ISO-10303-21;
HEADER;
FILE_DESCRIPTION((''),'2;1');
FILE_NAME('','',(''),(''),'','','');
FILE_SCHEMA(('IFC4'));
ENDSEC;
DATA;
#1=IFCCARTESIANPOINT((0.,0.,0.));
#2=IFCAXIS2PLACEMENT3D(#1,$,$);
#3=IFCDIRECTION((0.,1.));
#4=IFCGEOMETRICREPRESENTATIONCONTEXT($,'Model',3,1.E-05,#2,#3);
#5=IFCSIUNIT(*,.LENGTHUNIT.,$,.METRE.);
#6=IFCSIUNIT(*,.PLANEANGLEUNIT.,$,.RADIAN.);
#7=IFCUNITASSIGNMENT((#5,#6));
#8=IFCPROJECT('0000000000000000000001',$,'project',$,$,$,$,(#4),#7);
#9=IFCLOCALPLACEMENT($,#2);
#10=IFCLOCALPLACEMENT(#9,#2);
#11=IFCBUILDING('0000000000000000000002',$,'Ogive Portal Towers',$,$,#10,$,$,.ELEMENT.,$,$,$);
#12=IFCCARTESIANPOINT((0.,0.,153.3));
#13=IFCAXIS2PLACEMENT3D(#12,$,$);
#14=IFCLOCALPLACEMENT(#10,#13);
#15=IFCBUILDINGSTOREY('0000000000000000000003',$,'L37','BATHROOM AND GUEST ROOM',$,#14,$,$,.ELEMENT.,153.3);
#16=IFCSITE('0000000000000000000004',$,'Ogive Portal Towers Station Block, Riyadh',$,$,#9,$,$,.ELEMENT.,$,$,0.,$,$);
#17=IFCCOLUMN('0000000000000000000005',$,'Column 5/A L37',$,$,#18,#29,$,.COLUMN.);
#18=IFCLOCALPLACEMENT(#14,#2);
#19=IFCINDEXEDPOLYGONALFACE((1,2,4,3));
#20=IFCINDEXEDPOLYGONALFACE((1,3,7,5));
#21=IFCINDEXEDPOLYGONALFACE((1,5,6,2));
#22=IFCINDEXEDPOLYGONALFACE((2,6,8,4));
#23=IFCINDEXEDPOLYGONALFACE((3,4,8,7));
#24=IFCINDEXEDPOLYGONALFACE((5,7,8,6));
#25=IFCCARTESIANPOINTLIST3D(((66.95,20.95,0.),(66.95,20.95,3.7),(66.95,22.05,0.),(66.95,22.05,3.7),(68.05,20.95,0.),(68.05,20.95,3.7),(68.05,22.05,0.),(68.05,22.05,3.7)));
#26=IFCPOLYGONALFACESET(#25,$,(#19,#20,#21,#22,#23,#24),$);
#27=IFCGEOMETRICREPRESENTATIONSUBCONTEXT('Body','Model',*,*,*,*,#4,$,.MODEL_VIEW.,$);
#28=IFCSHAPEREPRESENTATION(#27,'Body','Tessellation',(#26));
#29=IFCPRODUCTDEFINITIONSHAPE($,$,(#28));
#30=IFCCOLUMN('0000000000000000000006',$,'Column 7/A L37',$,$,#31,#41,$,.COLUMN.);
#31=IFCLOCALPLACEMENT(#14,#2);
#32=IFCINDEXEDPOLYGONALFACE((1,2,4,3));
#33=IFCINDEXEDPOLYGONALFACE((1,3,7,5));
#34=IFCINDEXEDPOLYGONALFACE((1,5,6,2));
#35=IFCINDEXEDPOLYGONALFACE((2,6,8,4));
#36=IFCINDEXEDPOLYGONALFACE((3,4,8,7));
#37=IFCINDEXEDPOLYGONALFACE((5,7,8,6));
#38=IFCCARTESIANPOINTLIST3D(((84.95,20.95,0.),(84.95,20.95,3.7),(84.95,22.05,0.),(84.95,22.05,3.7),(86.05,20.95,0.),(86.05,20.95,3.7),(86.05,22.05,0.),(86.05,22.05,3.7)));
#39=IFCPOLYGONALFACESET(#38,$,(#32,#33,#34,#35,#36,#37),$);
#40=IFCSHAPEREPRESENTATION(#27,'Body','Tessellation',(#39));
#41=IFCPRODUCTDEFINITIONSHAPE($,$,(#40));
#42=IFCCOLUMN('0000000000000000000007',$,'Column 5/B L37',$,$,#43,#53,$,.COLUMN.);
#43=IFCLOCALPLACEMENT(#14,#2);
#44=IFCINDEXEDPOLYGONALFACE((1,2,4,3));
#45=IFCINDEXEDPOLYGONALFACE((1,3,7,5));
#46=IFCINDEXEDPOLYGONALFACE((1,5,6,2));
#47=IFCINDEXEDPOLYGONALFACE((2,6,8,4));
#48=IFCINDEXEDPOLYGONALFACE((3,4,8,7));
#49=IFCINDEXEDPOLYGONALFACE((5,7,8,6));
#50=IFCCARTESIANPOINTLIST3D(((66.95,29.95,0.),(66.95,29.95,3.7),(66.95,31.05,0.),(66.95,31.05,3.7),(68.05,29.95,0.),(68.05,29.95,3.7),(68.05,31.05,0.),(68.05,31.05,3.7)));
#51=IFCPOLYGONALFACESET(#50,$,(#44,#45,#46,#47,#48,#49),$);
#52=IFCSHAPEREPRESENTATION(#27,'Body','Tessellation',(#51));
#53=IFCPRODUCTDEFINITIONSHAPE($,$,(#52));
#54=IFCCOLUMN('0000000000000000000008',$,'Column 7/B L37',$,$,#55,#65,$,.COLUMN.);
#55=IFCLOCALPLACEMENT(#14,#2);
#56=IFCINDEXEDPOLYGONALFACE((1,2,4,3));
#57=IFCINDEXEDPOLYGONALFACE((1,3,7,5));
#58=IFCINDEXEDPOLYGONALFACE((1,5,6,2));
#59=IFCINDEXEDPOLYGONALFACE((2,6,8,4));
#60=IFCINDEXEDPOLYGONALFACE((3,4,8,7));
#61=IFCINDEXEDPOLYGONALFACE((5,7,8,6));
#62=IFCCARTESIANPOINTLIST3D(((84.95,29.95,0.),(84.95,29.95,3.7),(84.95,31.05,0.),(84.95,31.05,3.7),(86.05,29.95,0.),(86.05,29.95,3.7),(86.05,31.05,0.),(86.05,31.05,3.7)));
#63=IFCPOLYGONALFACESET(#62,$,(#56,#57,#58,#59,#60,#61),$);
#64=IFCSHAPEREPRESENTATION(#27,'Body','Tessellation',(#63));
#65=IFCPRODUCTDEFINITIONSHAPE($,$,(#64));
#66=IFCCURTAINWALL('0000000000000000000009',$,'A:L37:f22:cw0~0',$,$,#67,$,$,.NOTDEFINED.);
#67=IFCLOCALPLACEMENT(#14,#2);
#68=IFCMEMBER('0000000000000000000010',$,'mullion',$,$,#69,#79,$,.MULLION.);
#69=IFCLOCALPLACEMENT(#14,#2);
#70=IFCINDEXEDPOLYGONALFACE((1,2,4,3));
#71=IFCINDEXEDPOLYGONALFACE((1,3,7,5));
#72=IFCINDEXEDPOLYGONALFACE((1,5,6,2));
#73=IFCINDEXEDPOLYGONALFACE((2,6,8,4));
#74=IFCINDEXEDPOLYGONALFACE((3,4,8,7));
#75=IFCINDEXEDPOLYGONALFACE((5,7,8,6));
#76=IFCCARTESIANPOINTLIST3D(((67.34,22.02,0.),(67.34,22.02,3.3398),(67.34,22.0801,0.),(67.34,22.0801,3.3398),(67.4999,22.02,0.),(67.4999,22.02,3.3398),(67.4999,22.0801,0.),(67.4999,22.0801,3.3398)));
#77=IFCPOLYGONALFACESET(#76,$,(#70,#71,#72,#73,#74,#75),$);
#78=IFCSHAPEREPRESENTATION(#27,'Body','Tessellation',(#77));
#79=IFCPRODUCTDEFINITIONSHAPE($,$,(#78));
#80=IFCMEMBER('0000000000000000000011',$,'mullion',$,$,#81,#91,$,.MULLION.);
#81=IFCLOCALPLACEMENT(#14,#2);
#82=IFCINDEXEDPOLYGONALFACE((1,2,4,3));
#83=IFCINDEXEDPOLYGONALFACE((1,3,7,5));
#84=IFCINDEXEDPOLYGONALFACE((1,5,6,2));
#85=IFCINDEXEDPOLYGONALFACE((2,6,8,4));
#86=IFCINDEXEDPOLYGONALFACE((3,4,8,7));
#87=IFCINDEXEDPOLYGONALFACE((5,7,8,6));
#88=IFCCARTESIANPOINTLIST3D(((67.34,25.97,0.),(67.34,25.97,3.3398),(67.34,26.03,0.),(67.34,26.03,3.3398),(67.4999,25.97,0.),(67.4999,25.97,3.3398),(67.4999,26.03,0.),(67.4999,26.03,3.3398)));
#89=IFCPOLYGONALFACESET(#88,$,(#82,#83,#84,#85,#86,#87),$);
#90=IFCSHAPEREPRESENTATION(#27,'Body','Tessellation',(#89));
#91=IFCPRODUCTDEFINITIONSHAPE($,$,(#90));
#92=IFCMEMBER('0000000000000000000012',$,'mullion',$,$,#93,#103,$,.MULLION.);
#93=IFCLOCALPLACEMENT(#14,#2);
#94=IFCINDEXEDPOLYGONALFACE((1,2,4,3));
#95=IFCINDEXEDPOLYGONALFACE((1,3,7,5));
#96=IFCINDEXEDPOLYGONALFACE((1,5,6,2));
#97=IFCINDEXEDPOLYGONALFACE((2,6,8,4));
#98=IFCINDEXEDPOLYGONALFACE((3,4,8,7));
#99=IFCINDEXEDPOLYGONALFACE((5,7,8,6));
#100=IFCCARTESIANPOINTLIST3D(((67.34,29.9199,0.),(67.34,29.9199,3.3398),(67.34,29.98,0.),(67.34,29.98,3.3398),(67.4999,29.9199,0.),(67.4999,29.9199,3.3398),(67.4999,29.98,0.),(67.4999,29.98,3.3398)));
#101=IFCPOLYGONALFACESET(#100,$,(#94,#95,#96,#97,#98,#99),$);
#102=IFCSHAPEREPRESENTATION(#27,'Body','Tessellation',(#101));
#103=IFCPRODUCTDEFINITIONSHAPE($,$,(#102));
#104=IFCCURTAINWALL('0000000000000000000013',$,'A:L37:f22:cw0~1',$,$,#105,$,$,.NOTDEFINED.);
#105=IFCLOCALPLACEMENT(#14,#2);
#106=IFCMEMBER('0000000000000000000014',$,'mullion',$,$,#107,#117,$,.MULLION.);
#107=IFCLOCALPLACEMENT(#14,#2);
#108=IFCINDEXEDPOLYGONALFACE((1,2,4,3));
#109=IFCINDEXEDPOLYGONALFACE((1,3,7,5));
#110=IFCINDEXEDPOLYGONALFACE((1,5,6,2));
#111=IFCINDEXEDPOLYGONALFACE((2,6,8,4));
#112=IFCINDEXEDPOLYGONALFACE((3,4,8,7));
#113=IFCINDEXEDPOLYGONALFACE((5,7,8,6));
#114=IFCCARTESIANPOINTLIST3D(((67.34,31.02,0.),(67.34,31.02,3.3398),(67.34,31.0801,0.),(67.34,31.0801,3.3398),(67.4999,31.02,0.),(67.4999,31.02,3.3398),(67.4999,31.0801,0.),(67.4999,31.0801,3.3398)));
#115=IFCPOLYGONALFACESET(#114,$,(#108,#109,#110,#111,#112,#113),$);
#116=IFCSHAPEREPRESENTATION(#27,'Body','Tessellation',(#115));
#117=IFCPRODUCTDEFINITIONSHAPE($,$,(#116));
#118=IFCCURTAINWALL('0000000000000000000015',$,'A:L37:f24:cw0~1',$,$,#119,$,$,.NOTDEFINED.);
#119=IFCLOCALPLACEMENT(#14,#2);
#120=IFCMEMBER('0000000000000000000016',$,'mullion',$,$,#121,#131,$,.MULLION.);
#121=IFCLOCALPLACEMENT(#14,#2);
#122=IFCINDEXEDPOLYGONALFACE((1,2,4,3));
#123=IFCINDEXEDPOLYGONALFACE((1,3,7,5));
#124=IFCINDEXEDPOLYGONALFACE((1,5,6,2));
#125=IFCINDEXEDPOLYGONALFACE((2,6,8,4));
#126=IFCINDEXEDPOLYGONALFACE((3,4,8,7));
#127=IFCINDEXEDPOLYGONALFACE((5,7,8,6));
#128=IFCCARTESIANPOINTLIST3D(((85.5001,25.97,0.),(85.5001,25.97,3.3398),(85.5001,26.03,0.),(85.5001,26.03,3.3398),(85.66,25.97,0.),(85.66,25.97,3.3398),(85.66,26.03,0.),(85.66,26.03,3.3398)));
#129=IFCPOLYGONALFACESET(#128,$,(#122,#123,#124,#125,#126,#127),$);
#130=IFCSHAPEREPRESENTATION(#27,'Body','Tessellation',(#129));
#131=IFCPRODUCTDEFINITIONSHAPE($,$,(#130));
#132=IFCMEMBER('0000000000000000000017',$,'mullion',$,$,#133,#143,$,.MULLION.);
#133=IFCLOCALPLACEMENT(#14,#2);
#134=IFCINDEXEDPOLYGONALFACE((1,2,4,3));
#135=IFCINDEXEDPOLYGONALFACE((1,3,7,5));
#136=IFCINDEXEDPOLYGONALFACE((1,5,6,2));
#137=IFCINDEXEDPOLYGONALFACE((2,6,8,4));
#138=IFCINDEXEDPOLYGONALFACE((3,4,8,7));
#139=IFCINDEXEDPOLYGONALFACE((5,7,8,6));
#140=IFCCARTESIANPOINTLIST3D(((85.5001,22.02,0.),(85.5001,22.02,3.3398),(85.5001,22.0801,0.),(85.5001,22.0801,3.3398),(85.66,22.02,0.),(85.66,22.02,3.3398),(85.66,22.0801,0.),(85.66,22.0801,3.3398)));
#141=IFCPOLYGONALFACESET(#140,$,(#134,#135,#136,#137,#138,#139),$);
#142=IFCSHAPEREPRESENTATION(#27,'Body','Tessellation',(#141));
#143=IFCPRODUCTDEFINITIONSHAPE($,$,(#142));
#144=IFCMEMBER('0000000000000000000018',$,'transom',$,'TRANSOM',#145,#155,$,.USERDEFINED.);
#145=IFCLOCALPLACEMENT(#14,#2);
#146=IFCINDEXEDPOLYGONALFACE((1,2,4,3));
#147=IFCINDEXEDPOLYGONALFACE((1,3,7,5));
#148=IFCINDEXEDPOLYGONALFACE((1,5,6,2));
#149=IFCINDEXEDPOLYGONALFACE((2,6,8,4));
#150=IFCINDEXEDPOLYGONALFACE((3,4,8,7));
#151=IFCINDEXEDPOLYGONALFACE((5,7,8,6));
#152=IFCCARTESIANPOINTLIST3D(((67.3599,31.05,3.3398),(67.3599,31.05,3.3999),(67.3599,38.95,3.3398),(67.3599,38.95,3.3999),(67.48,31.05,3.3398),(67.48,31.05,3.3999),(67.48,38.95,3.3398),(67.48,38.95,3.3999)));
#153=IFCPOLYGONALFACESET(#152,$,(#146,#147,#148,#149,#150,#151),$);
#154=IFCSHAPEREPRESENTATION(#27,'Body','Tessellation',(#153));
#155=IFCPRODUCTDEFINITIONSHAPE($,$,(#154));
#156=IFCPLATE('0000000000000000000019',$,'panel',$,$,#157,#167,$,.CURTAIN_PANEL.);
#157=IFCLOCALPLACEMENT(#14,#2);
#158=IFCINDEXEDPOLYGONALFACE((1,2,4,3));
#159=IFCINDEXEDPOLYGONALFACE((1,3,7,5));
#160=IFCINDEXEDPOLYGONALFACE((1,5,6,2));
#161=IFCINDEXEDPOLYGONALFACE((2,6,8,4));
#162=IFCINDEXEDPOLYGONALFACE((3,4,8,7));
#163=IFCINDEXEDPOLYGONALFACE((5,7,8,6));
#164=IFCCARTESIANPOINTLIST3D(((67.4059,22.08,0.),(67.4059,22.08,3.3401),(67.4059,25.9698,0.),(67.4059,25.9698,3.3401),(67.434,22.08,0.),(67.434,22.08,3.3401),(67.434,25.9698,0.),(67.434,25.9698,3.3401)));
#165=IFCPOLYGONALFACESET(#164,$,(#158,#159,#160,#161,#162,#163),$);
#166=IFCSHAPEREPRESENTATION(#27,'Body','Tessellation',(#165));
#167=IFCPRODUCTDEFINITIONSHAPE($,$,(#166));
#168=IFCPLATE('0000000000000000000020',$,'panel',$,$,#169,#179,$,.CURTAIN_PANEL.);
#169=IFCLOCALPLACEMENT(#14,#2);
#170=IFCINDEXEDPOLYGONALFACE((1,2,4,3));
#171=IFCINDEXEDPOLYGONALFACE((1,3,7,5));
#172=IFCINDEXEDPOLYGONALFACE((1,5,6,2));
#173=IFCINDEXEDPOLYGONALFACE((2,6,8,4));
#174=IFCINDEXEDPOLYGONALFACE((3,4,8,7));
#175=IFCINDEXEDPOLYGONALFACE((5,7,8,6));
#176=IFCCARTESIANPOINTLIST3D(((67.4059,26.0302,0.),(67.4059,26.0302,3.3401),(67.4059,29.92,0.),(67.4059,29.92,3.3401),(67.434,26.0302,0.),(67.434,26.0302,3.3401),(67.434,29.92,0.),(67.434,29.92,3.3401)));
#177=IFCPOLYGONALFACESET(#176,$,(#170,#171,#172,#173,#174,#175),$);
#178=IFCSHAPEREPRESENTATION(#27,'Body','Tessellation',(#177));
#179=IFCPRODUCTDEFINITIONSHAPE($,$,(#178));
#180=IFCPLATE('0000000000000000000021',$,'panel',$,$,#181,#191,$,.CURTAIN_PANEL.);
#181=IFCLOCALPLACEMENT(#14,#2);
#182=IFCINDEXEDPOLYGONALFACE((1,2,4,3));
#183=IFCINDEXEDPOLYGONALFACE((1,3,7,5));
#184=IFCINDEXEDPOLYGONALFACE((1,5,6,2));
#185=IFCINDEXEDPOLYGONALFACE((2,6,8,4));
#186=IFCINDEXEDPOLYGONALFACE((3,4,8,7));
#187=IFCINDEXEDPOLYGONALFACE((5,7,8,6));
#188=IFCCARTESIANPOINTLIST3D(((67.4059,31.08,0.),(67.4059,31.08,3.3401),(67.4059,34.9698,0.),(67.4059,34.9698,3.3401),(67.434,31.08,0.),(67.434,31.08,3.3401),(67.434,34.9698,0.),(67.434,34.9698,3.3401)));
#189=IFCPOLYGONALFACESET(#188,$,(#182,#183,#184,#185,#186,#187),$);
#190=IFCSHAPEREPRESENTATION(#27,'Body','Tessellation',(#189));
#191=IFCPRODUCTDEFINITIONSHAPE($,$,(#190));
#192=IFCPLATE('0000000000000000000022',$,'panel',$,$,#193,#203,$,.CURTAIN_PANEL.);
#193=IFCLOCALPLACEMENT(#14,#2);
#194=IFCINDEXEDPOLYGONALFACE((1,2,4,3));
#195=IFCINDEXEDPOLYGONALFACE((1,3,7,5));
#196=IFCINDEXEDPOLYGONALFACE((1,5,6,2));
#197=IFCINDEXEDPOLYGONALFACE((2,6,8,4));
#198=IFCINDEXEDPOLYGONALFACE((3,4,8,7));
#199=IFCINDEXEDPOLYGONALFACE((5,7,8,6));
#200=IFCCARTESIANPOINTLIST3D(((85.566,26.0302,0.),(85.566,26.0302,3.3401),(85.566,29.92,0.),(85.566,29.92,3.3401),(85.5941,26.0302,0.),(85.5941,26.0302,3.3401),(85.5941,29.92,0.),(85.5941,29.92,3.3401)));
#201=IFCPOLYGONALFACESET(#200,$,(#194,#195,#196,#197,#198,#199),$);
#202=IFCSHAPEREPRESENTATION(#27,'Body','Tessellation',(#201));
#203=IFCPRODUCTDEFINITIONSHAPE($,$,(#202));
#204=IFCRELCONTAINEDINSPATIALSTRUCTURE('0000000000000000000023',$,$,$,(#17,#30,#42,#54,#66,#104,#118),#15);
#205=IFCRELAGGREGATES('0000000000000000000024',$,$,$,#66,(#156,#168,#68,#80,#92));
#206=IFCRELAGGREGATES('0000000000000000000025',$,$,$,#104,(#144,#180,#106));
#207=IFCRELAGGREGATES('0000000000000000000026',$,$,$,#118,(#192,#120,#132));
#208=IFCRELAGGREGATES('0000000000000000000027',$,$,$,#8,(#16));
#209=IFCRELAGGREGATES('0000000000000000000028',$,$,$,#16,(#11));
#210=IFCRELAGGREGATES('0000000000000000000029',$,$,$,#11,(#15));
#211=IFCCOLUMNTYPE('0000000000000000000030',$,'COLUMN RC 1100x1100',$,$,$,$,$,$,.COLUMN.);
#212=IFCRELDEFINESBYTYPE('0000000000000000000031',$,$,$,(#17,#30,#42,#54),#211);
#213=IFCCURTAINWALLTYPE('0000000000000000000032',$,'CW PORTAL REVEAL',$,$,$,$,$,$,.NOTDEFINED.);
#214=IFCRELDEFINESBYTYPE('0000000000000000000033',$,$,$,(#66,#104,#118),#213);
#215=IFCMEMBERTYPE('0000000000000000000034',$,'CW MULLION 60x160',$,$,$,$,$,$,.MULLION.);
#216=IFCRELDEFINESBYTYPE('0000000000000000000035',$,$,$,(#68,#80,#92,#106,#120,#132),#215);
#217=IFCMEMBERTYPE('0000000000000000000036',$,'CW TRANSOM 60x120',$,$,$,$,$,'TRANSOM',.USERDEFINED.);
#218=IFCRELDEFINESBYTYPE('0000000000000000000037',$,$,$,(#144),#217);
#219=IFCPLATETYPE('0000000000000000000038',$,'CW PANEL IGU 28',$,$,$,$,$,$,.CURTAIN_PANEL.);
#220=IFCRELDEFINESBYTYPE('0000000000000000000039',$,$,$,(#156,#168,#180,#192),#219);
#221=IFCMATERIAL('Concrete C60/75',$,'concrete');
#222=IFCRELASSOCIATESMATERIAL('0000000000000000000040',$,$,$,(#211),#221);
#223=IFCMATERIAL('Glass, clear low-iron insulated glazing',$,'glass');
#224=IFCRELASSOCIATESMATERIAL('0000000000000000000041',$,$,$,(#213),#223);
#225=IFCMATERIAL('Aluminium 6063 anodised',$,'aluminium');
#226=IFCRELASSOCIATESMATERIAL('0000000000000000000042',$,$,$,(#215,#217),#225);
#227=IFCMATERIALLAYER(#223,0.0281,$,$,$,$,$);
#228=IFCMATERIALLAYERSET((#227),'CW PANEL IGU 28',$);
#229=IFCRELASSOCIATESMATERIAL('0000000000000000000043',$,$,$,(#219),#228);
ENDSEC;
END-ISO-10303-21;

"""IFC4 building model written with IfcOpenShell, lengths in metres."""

from ifc_helpers import new_model, si_unit, direction, frame, origin, origin_2d, place, context, subcontext, project, spatial, rectangle, extrude, material, layer, layer_set, material_profile, profile_set, type_object, element, aggregate, save


model = new_model("IFC4")

# Units and contexts
model_context = context("Model", 3, precision=1e-05, world=origin(), true_north=direction((0.0, 1.0)))
body_context = subcontext(model_context, "Body", "Model", "MODEL_VIEW")
ifc_project = project(units=[si_unit("LENGTHUNIT", "METRE"), si_unit("PLANEANGLEUNIT", "RADIAN")], contexts=[model_context])

# Site, building, storey
site_placement = place(None, origin())
site = spatial("IfcSite", under=ifc_project, at=site_placement, Name="Ogive Portal Towers Station Block, Riyadh", CompositionType="ELEMENT", RefElevation=0.0)
building_placement = place(site_placement, origin())
building = spatial("IfcBuilding", under=site, at=building_placement, Name="Ogive Portal Towers", CompositionType="ELEMENT")
storey_placement = place(building_placement, frame((0.0, 0.0, 153.3)))
storey = spatial("IfcBuildingStorey", under=building, at=storey_placement, Name="L37", Description="BATHROOM AND GUEST ROOM", CompositionType="ELEMENT", Elevation=153.3)

# Columns
ifc_material_1 = material(Name="Concrete C60/75", Category="concrete")
ifc_material_profile_1 = material_profile(ifc_material_1, rectangle(XDim=1.1001, YDim=1.1001, at=origin_2d()), Name="RC 1100x1100")
ifc_profile_set_1 = profile_set([ifc_material_profile_1], Name="Concrete C60/75")
column_type = type_object("IfcColumnType", Name="COLUMN RC 1100x1100", PredefinedType="COLUMN", material=ifc_profile_set_1)
for number, where, z_axis, x_axis, name in (
    (1, (67.5, 21.5, 0.0), (0.0, 0.0, 1.0), (1.0, 0.0, 0.0), "Column 5/A L37"),
    (2, (85.5, 21.5, 0.0), (0.0, 0.0, 1.0), (1.0, 0.0, 0.0), "Column 7/A L37"),
    (3, (67.5, 30.5, 0.0), (0.0, 0.0, 1.0), (1.0, 0.0, 0.0), "Column 5/B L37"),
    (4, (85.5, 30.5, 0.0), (0.0, 0.0, 1.0), (1.0, 0.0, 0.0), "Column 7/B L37"),
):
    element("IfcColumn", number, at=place(storey_placement, frame(where, z_axis=z_axis, x_axis=x_axis)), inside=storey, type_object=column_type, Name=name, PredefinedType="COLUMN", context=body_context, shape_type="SweptSolid", body=[
        extrude(rectangle(XDim=1.1001, YDim=1.1001, at=origin_2d()), origin(), (0.0, 0.0, 1.0), 3.7),
    ])

# Curtain wall, members
ifc_material_2 = material(Name="Glass, clear low-iron insulated glazing", Category="glass")
curtain_wall_type = type_object("IfcCurtainWallType", Name="CW PORTAL REVEAL", PredefinedType="NOTDEFINED", material=ifc_material_2)
curtain_wall_1_placement = place(storey_placement, origin())
curtain_wall_1 = element("IfcCurtainWall", 5, at=curtain_wall_1_placement, inside=storey, type_object=curtain_wall_type, Name="A:L37:f22:cw0~0", PredefinedType="NOTDEFINED")
ifc_material_3 = material(Name="Aluminium 6063 anodised", Category="aluminium")
ifc_material_profile_2 = material_profile(ifc_material_3, rectangle(XDim=0.1599, YDim=0.0601, at=origin_2d()), Name="AL 60x160")
ifc_profile_set_2 = profile_set([ifc_material_profile_2], Name="Aluminium 6063 anodised")
member_type_1 = type_object("IfcMemberType", Name="CW MULLION 60x160", PredefinedType="MULLION", material=ifc_profile_set_2)
member_1_placement = place(storey_placement, frame((67.4199, 22.05, 0.0), z_axis=(0.0, 0.0, 1.0), x_axis=(-1.0, 0.0, 0.0)))
member_1 = element("IfcMember", 6, at=member_1_placement, type_object=member_type_1, Name="mullion", PredefinedType="MULLION", context=body_context, shape_type="SweptSolid", body=[
    extrude(rectangle(XDim=0.1599, YDim=0.0601, at=origin_2d()), origin(), (0.0, 0.0, 1.0), 3.3398),
])
member_2_placement = place(storey_placement, frame((67.4199, 26.0, 0.0), z_axis=(0.0, 0.0, 1.0), x_axis=(-1.0, 0.0, 0.0)))
member_2 = element("IfcMember", 7, at=member_2_placement, type_object=member_type_1, Name="mullion", PredefinedType="MULLION", context=body_context, shape_type="SweptSolid", body=[
    extrude(rectangle(XDim=0.1599, YDim=0.0601, at=origin_2d()), origin(), (0.0, 0.0, 1.0), 3.3398),
])
member_3_placement = place(storey_placement, frame((67.4199, 29.95, 0.0), z_axis=(0.0, 0.0, 1.0), x_axis=(-1.0, 0.0, 0.0)))
member_3 = element("IfcMember", 8, at=member_3_placement, type_object=member_type_1, Name="mullion", PredefinedType="MULLION", context=body_context, shape_type="SweptSolid", body=[
    extrude(rectangle(XDim=0.1599, YDim=0.0601, at=origin_2d()), origin(), (0.0, 0.0, 1.0), 3.3398),
])

# Curtain wall, member
curtain_wall_2_placement = place(storey_placement, origin())
curtain_wall_2 = element("IfcCurtainWall", 9, at=curtain_wall_2_placement, inside=storey, type_object=curtain_wall_type, Name="A:L37:f22:cw0~1", PredefinedType="NOTDEFINED")
member_4_placement = place(storey_placement, frame((67.4199, 31.05, 0.0), z_axis=(0.0, 0.0, 1.0), x_axis=(-1.0, 0.0, 0.0)))
member_4 = element("IfcMember", 10, at=member_4_placement, type_object=member_type_1, Name="mullion", PredefinedType="MULLION", context=body_context, shape_type="SweptSolid", body=[
    extrude(rectangle(XDim=0.1599, YDim=0.0601, at=origin_2d()), origin(), (0.0, 0.0, 1.0), 3.3398),
])

# Curtain wall, members
curtain_wall_3_placement = place(storey_placement, origin())
curtain_wall_3 = element("IfcCurtainWall", 11, at=curtain_wall_3_placement, inside=storey, type_object=curtain_wall_type, Name="A:L37:f24:cw0~1", PredefinedType="NOTDEFINED")
member_5_placement = place(storey_placement, frame((85.5801, 26.0, 0.0), z_axis=(0.0, 0.0, 1.0), x_axis=(1.0, 0.0, 0.0)))
member_5 = element("IfcMember", 12, at=member_5_placement, type_object=member_type_1, Name="mullion", PredefinedType="MULLION", context=body_context, shape_type="SweptSolid", body=[
    extrude(rectangle(XDim=0.1599, YDim=0.0601, at=origin_2d()), origin(), (0.0, 0.0, 1.0), 3.3398),
])
member_6_placement = place(storey_placement, frame((85.5801, 22.05, 0.0), z_axis=(0.0, 0.0, 1.0), x_axis=(1.0, 0.0, 0.0)))
member_6 = element("IfcMember", 13, at=member_6_placement, type_object=member_type_1, Name="mullion", PredefinedType="MULLION", context=body_context, shape_type="SweptSolid", body=[
    extrude(rectangle(XDim=0.1599, YDim=0.0601, at=origin_2d()), origin(), (0.0, 0.0, 1.0), 3.3398),
])

# Member
ifc_material_profile_3 = material_profile(ifc_material_3, rectangle(XDim=0.1201, YDim=0.0601, at=origin_2d()), Name="AL 120x60")
ifc_profile_set_3 = profile_set([ifc_material_profile_3], Name="Aluminium 6063 anodised")
member_type_2 = type_object("IfcMemberType", Name="CW TRANSOM 60x120", ElementType="TRANSOM", PredefinedType="USERDEFINED", material=ifc_profile_set_3)
member_7_placement = place(storey_placement, frame((67.4199, 31.05, 3.3699), z_axis=(0.0, 1.0, 0.0), x_axis=(-1.0, 0.0, 0.0)))
member_7 = element("IfcMember", 14, at=member_7_placement, type_object=member_type_2, Name="transom", ObjectType="TRANSOM", PredefinedType="USERDEFINED", context=body_context, shape_type="SweptSolid", body=[
    extrude(rectangle(XDim=0.1201, YDim=0.0601, at=origin_2d()), origin(), (0.0, 0.0, 1.0), 7.8999),
])

# Plates
ifc_layer_1 = layer(ifc_material_2, 0.0281)
ifc_layer_set_1 = layer_set([ifc_layer_1], Name="CW PANEL IGU 28")
plate_type = type_object("IfcPlateType", Name="CW PANEL IGU 28", PredefinedType="CURTAIN_PANEL", material=ifc_layer_set_1)
plate_1_placement = place(storey_placement, frame((67.4199, 24.0249, 0.0), z_axis=(0.0, 0.0, 1.0), x_axis=(0.0, 1.0, 0.0)))
plate_1 = element("IfcPlate", 15, at=plate_1_placement, type_object=plate_type, Name="panel", PredefinedType="CURTAIN_PANEL", context=body_context, shape_type="SweptSolid", body=[
    extrude(rectangle(XDim=3.8899, YDim=0.0281, at=origin_2d()), origin(), (0.0, 0.0, 1.0), 3.3401),
])
plate_2_placement = place(storey_placement, frame((67.4199, 27.9751, 0.0), z_axis=(0.0, 0.0, 1.0), x_axis=(0.0, 1.0, 0.0)))
plate_2 = element("IfcPlate", 16, at=plate_2_placement, type_object=plate_type, Name="panel", PredefinedType="CURTAIN_PANEL", context=body_context, shape_type="SweptSolid", body=[
    extrude(rectangle(XDim=3.8899, YDim=0.0281, at=origin_2d()), origin(), (0.0, 0.0, 1.0), 3.3401),
])
aggregate(curtain_wall_1, [plate_1, plate_2, member_1, member_2, member_3])
plate_3_placement = place(storey_placement, frame((67.4199, 33.0249, 0.0), z_axis=(0.0, 0.0, 1.0), x_axis=(0.0, 1.0, 0.0)))
plate_3 = element("IfcPlate", 17, at=plate_3_placement, type_object=plate_type, Name="panel", PredefinedType="CURTAIN_PANEL", context=body_context, shape_type="SweptSolid", body=[
    extrude(rectangle(XDim=3.8899, YDim=0.0281, at=origin_2d()), origin(), (0.0, 0.0, 1.0), 3.3401),
])
aggregate(curtain_wall_2, [member_7, plate_3, member_4])
plate_4_placement = place(storey_placement, frame((85.5801, 27.9751, 0.0), z_axis=(0.0, 0.0, 1.0), x_axis=(0.0, -1.0, 0.0)))
plate_4 = element("IfcPlate", 18, at=plate_4_placement, type_object=plate_type, Name="panel", PredefinedType="CURTAIN_PANEL", context=body_context, shape_type="SweptSolid", body=[
    extrude(rectangle(XDim=3.8899, YDim=0.0281, at=origin_2d()), origin(), (0.0, 0.0, 1.0), 3.3401),
])
aggregate(curtain_wall_3, [plate_4, member_5, member_6])

save(model, "model.ifc")
